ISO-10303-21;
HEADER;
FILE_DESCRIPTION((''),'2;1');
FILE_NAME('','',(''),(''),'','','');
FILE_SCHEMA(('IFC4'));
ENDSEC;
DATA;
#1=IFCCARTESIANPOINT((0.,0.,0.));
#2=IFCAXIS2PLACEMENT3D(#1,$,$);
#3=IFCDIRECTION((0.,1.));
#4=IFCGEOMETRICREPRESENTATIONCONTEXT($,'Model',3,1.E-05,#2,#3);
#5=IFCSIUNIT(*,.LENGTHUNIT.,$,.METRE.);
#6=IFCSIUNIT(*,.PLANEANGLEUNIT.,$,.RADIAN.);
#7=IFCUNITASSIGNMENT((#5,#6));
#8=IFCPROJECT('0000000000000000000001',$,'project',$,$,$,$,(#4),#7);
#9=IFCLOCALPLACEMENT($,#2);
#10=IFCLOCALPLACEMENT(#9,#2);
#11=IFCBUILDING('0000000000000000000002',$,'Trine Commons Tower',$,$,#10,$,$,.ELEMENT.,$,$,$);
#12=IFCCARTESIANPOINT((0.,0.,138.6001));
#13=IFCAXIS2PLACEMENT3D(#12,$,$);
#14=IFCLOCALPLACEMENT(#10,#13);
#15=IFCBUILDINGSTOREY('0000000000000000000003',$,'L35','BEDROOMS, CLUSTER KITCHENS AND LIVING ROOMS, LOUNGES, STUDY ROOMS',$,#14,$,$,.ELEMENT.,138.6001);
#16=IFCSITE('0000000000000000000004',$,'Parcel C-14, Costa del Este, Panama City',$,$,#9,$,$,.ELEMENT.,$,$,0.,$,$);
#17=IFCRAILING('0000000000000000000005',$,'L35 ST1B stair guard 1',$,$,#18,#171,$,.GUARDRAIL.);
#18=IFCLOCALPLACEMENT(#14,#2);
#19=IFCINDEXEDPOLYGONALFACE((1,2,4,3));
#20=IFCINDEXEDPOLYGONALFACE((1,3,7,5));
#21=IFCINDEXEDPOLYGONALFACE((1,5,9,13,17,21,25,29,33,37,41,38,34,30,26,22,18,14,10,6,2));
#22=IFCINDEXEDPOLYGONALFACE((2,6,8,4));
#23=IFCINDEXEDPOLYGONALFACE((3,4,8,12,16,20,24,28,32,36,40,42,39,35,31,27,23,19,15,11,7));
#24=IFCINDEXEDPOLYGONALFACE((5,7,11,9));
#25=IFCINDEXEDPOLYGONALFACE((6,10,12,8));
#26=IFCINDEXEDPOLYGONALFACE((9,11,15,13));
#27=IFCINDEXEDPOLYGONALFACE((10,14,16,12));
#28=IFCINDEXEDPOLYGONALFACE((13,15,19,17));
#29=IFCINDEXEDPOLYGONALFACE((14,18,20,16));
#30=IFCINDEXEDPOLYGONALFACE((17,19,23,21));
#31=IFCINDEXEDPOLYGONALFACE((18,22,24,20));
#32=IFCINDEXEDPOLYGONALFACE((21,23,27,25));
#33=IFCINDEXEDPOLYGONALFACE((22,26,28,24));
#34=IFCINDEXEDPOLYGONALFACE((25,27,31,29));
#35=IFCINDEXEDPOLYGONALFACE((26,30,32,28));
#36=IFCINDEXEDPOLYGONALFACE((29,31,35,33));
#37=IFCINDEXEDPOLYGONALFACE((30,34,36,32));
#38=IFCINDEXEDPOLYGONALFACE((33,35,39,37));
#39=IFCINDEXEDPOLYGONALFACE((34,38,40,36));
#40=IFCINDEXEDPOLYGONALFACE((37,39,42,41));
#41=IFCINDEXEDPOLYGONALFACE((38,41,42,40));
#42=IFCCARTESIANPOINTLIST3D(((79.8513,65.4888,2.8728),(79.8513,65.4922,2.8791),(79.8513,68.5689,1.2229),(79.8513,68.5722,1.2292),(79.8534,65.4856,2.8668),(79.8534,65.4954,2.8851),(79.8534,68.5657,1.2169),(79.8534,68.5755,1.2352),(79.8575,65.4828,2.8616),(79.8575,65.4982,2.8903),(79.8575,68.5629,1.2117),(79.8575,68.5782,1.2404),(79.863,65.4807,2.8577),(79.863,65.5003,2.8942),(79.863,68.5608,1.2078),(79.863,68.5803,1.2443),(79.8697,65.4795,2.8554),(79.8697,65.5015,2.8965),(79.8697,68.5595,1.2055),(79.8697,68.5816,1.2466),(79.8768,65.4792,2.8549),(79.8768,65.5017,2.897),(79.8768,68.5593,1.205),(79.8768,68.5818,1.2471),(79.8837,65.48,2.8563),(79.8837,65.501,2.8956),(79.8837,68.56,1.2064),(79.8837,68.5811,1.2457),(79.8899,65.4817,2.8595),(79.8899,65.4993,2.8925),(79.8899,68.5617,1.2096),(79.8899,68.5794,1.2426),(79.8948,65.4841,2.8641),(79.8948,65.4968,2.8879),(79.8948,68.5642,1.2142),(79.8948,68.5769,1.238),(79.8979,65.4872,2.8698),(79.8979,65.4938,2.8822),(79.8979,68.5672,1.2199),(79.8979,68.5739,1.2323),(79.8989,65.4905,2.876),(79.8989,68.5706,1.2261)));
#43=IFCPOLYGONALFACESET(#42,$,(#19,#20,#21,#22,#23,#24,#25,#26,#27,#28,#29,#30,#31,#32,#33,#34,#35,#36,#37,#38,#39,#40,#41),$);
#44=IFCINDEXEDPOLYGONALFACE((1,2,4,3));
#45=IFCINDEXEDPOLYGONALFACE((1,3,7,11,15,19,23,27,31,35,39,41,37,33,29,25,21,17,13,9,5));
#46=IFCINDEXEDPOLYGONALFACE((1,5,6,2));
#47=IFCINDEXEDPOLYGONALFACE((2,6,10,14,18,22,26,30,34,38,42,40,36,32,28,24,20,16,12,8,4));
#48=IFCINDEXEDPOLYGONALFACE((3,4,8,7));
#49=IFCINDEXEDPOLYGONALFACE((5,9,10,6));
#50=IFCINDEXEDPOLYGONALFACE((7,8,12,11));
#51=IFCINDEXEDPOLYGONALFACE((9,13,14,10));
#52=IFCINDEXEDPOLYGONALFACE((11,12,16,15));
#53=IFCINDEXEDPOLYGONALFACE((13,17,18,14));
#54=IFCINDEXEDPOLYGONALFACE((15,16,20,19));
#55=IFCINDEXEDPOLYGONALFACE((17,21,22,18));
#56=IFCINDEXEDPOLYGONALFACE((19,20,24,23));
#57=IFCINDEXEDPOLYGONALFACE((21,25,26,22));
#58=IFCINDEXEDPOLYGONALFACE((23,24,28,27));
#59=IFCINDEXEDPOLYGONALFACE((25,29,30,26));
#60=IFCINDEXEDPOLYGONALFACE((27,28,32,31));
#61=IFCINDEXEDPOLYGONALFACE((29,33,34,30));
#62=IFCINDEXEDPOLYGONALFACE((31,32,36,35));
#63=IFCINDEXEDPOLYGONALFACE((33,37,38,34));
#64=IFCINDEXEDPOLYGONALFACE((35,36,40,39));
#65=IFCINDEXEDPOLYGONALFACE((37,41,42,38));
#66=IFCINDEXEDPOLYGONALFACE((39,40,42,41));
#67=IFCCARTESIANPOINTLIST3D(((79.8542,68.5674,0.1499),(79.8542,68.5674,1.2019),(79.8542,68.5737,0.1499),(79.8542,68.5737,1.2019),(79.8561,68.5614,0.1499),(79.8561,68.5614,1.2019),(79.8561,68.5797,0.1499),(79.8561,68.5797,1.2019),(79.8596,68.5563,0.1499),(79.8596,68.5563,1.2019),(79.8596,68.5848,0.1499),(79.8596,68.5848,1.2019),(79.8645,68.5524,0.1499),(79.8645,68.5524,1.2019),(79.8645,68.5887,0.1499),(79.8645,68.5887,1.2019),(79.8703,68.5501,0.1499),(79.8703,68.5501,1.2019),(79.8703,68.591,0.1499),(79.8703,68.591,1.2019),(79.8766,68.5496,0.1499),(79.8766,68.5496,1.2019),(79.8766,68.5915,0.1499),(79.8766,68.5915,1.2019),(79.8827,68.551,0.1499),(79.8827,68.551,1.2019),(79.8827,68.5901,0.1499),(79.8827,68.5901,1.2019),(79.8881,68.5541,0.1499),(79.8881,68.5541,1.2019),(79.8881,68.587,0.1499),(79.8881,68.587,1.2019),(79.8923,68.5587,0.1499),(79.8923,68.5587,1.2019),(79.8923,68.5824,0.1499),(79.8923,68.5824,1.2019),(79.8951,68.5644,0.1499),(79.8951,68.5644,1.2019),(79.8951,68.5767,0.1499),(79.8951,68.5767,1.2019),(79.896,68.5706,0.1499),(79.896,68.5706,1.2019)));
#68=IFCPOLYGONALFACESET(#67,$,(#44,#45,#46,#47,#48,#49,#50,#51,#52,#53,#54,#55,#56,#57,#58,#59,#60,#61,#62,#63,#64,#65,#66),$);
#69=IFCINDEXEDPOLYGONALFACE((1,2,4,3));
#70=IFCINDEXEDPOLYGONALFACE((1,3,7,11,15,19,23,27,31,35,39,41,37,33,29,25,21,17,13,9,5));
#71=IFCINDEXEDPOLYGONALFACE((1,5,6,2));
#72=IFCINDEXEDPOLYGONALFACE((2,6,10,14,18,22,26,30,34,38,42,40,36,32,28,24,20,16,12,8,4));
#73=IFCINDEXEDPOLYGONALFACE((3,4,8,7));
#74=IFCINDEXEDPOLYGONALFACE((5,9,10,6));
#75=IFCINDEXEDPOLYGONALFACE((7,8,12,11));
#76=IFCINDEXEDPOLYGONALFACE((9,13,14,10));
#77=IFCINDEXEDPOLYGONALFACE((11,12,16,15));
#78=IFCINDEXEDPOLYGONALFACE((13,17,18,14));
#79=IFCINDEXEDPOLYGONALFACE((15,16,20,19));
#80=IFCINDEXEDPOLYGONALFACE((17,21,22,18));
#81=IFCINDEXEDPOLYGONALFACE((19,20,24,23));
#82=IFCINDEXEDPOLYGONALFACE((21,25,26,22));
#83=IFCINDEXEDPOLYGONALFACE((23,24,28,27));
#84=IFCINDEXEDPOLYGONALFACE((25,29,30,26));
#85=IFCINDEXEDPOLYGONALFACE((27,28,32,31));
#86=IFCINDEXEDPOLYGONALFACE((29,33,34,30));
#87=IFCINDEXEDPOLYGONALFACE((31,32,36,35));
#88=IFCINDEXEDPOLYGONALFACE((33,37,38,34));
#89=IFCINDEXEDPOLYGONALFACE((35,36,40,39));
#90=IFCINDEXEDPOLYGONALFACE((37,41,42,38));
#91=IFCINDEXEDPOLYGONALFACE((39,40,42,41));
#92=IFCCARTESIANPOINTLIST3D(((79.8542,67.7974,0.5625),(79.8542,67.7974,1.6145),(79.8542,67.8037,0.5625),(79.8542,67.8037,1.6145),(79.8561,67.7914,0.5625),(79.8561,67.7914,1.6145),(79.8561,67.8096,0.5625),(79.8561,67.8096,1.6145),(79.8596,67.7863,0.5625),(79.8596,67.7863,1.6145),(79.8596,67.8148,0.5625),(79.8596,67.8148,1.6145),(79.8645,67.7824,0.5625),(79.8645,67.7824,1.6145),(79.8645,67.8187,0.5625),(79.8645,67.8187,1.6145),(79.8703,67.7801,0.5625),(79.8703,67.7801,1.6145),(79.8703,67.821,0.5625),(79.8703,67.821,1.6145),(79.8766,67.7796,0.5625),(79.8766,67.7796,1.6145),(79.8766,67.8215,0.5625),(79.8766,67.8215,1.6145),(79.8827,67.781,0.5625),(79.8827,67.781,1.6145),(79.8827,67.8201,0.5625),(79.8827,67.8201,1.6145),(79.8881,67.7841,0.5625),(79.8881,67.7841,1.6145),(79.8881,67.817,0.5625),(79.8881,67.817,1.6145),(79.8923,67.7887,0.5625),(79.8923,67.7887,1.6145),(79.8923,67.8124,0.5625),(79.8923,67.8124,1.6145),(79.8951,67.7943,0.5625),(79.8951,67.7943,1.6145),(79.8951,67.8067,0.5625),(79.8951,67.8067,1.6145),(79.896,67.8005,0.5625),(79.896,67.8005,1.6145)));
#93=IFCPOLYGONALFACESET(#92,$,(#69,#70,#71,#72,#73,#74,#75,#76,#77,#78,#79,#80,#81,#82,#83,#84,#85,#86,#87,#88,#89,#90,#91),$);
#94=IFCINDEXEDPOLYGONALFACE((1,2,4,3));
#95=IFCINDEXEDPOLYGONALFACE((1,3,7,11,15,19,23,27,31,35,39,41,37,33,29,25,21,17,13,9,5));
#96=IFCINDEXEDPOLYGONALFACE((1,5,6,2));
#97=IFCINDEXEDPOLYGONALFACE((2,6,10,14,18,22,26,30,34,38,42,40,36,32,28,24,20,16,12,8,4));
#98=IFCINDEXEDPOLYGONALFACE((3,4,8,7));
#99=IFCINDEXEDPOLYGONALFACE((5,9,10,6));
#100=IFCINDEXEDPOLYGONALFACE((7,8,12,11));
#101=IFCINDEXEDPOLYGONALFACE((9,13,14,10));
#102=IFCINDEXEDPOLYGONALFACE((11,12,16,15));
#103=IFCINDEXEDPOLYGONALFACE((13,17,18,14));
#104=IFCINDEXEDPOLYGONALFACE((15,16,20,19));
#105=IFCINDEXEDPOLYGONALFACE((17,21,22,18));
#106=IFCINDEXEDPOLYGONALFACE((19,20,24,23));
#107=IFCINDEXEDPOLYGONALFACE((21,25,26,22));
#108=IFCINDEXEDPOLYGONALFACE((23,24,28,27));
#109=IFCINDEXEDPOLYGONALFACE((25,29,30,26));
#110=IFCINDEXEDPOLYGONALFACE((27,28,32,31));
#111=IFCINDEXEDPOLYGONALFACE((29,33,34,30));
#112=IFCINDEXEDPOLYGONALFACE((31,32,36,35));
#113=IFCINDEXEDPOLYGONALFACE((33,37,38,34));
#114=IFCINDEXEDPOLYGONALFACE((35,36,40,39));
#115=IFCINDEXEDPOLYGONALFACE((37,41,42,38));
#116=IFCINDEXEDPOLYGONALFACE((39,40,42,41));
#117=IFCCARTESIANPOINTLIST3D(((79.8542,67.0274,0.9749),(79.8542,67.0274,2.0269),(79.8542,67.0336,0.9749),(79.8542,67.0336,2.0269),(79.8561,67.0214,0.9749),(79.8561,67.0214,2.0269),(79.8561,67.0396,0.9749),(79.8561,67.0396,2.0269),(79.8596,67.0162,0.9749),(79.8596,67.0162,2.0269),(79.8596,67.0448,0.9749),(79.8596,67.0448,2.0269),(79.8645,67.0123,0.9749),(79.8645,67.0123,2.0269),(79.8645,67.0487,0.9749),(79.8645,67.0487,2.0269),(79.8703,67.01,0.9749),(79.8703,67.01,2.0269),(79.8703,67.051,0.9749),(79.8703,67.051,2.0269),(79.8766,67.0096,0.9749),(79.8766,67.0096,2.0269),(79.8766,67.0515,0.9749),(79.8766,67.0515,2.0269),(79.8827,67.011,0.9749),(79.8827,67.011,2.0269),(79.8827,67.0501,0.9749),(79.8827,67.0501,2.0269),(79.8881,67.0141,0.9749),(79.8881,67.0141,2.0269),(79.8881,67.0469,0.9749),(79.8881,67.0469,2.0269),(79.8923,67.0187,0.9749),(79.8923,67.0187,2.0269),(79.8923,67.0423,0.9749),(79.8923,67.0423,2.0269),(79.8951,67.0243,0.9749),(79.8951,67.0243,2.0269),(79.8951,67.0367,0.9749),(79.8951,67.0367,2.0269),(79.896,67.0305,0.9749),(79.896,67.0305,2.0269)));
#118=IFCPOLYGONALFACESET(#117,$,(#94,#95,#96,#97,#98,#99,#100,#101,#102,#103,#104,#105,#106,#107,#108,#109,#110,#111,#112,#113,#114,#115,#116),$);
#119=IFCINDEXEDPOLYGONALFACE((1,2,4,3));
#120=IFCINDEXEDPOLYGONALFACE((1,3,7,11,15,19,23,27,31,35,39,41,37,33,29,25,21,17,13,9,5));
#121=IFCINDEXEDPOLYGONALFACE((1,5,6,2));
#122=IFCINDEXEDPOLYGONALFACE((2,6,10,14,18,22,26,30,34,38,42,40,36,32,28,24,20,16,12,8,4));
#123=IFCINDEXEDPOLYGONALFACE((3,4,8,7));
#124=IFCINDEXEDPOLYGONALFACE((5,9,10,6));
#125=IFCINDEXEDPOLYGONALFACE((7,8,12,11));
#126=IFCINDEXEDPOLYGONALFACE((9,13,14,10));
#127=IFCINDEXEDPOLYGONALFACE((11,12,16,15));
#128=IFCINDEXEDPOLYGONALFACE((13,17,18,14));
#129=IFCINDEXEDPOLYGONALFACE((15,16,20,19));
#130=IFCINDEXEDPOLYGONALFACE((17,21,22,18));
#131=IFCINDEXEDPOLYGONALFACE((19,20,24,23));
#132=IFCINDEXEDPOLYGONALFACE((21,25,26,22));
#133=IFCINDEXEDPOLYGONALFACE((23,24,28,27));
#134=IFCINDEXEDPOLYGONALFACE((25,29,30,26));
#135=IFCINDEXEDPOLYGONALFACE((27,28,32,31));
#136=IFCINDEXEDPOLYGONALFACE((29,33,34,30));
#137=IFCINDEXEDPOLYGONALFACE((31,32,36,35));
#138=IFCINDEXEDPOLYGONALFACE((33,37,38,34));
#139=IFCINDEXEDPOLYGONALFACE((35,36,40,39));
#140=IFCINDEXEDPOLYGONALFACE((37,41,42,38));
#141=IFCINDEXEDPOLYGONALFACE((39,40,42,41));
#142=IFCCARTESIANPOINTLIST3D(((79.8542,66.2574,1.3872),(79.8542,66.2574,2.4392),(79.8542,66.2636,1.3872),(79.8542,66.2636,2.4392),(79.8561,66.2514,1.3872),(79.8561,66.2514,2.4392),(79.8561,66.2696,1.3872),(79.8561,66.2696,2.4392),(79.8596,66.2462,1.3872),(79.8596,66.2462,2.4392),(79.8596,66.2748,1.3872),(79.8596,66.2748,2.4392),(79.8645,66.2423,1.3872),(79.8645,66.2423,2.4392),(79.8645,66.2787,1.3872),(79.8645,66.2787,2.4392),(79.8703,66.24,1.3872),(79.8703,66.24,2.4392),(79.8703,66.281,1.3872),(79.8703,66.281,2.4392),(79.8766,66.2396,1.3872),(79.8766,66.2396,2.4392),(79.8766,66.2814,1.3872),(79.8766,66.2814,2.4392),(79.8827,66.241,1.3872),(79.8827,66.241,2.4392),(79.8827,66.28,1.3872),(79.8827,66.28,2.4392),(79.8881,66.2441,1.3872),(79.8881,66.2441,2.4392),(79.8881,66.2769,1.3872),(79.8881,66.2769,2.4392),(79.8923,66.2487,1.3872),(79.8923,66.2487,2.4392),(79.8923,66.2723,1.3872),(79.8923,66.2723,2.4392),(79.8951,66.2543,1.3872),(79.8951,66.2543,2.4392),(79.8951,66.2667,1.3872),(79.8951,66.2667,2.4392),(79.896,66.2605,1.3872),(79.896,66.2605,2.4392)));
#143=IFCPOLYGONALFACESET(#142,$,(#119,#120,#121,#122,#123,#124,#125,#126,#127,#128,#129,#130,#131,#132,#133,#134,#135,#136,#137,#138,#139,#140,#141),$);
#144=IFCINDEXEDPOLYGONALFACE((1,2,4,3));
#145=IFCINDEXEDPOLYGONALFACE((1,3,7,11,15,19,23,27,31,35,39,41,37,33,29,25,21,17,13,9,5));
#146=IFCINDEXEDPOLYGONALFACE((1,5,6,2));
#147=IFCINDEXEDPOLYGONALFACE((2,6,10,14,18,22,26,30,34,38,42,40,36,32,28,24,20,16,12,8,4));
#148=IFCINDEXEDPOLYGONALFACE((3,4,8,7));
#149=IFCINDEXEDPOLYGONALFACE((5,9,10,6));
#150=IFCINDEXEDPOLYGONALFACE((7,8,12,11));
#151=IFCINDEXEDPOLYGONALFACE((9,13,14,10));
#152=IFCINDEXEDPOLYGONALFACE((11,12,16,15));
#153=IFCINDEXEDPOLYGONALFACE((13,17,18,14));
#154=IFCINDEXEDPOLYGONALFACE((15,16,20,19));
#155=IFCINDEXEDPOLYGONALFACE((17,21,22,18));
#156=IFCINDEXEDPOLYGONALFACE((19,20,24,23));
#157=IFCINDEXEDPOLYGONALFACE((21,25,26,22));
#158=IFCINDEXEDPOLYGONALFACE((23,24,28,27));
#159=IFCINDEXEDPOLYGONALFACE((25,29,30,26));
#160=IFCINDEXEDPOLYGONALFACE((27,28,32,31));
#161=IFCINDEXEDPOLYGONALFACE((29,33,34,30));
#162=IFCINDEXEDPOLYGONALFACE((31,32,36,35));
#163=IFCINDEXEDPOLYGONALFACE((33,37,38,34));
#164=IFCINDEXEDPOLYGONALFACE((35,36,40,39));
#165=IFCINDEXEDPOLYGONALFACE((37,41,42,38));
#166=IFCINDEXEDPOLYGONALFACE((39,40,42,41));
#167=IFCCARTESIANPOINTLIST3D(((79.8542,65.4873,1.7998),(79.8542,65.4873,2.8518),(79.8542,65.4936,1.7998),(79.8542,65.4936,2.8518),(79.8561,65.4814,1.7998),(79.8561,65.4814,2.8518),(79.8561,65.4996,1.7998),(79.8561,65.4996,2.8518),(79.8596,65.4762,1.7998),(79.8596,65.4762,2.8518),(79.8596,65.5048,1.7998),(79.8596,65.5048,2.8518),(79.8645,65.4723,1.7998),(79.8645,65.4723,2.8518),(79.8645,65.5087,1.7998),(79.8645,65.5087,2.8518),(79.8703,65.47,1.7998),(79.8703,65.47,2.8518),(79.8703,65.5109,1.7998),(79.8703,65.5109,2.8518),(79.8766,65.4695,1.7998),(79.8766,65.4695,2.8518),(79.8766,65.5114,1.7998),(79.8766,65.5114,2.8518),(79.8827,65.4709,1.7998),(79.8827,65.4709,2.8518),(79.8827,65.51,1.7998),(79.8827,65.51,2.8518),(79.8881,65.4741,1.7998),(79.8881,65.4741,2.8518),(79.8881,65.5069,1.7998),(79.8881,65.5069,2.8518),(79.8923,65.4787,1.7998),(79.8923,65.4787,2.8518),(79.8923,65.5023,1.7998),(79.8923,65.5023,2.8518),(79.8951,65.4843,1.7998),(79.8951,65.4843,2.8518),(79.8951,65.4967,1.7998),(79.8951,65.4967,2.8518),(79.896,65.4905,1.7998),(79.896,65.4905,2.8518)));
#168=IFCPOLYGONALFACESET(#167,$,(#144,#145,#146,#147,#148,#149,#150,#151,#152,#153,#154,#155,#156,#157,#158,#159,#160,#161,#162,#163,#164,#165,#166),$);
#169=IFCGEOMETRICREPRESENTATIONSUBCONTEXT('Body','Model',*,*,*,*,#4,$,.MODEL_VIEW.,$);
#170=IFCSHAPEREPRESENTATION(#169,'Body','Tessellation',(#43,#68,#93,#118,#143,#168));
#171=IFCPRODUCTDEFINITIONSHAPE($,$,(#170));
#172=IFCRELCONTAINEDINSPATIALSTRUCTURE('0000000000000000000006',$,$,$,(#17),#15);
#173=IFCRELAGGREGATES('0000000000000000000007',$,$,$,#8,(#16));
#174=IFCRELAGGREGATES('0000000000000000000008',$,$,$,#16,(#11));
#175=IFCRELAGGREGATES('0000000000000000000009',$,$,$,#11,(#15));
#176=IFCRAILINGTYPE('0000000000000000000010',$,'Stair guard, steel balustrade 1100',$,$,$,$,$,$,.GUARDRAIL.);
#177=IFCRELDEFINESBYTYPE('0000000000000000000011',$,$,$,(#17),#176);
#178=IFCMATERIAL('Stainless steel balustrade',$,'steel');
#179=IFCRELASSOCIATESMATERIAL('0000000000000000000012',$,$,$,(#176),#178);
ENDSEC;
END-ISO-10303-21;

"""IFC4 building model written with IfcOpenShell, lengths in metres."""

from ifc_helpers import new_model, si_unit, direction, frame, origin, origin_2d, place, context, subcontext, project, spatial, circle, extrude, material, type_object, element, save


model = new_model("IFC4")

# Units and contexts
model_context = context("Model", 3, precision=1e-05, world=origin(), true_north=direction((0.0, 1.0)))
body_context = subcontext(model_context, "Body", "Model", "MODEL_VIEW")
ifc_project = project(units=[si_unit("LENGTHUNIT", "METRE"), si_unit("PLANEANGLEUNIT", "RADIAN")], contexts=[model_context])

# Site, building, storey
site_placement = place(None, origin())
site = spatial("IfcSite", under=ifc_project, at=site_placement, Name="Parcel C-14, Costa del Este, Panama City", CompositionType="ELEMENT", RefElevation=0.0)
building_placement = place(site_placement, origin())
building = spatial("IfcBuilding", under=site, at=building_placement, Name="Trine Commons Tower", CompositionType="ELEMENT")
storey_placement = place(building_placement, frame((0.0, 0.0, 138.6001)))
storey = spatial("IfcBuildingStorey", under=building, at=storey_placement, Name="L35", Description="BEDROOMS, CLUSTER KITCHENS AND LIVING ROOMS, LOUNGES, STUDY ROOMS", CompositionType="ELEMENT", Elevation=138.6001)

# Railing
ifc_material_1 = material(Name="Stainless steel balustrade", Category="steel")
railing_type_1 = type_object("IfcRailingType", Name="Stair guard, steel balustrade 1100", PredefinedType="GUARDRAIL", material=ifc_material_1)
railing_1_placement = place(storey_placement, frame((79.875, 68.5706, 0.1499)))
element("IfcRailing", 1, at=railing_1_placement, inside=storey, type_object=railing_type_1, Name="L35 ST1B stair guard 1", PredefinedType="GUARDRAIL", context=body_context, shape_type="SweptSolid", body=[
    extrude(circle(Radius=0.0239, at=origin_2d()), frame((0.0, 0.0, 1.0762), z_axis=(0.0, -0.881497, 0.47219), x_axis=(1.0, 0.0, 0.0)), (0.0, 0.0, 1.0), 3.4941),
    extrude(circle(Radius=0.021, at=origin_2d()), origin(), (0.0, 0.0, 1.0), 1.052),
    extrude(circle(Radius=0.021, at=origin_2d()), frame((0.0, -0.77, 0.4126)), (0.0, 0.0, 1.0), 1.052),
    extrude(circle(Radius=0.021, at=origin_2d()), frame((0.0, -1.54, 0.825)), (0.0, 0.0, 1.0), 1.052),
    extrude(circle(Radius=0.021, at=origin_2d()), frame((0.0, -2.3101, 1.2373)), (0.0, 0.0, 1.0), 1.052),
    extrude(circle(Radius=0.021, at=origin_2d()), frame((0.0, -3.0801, 1.6499)), (0.0, 0.0, 1.0), 1.052),
])

save(model, "model.ifc")
